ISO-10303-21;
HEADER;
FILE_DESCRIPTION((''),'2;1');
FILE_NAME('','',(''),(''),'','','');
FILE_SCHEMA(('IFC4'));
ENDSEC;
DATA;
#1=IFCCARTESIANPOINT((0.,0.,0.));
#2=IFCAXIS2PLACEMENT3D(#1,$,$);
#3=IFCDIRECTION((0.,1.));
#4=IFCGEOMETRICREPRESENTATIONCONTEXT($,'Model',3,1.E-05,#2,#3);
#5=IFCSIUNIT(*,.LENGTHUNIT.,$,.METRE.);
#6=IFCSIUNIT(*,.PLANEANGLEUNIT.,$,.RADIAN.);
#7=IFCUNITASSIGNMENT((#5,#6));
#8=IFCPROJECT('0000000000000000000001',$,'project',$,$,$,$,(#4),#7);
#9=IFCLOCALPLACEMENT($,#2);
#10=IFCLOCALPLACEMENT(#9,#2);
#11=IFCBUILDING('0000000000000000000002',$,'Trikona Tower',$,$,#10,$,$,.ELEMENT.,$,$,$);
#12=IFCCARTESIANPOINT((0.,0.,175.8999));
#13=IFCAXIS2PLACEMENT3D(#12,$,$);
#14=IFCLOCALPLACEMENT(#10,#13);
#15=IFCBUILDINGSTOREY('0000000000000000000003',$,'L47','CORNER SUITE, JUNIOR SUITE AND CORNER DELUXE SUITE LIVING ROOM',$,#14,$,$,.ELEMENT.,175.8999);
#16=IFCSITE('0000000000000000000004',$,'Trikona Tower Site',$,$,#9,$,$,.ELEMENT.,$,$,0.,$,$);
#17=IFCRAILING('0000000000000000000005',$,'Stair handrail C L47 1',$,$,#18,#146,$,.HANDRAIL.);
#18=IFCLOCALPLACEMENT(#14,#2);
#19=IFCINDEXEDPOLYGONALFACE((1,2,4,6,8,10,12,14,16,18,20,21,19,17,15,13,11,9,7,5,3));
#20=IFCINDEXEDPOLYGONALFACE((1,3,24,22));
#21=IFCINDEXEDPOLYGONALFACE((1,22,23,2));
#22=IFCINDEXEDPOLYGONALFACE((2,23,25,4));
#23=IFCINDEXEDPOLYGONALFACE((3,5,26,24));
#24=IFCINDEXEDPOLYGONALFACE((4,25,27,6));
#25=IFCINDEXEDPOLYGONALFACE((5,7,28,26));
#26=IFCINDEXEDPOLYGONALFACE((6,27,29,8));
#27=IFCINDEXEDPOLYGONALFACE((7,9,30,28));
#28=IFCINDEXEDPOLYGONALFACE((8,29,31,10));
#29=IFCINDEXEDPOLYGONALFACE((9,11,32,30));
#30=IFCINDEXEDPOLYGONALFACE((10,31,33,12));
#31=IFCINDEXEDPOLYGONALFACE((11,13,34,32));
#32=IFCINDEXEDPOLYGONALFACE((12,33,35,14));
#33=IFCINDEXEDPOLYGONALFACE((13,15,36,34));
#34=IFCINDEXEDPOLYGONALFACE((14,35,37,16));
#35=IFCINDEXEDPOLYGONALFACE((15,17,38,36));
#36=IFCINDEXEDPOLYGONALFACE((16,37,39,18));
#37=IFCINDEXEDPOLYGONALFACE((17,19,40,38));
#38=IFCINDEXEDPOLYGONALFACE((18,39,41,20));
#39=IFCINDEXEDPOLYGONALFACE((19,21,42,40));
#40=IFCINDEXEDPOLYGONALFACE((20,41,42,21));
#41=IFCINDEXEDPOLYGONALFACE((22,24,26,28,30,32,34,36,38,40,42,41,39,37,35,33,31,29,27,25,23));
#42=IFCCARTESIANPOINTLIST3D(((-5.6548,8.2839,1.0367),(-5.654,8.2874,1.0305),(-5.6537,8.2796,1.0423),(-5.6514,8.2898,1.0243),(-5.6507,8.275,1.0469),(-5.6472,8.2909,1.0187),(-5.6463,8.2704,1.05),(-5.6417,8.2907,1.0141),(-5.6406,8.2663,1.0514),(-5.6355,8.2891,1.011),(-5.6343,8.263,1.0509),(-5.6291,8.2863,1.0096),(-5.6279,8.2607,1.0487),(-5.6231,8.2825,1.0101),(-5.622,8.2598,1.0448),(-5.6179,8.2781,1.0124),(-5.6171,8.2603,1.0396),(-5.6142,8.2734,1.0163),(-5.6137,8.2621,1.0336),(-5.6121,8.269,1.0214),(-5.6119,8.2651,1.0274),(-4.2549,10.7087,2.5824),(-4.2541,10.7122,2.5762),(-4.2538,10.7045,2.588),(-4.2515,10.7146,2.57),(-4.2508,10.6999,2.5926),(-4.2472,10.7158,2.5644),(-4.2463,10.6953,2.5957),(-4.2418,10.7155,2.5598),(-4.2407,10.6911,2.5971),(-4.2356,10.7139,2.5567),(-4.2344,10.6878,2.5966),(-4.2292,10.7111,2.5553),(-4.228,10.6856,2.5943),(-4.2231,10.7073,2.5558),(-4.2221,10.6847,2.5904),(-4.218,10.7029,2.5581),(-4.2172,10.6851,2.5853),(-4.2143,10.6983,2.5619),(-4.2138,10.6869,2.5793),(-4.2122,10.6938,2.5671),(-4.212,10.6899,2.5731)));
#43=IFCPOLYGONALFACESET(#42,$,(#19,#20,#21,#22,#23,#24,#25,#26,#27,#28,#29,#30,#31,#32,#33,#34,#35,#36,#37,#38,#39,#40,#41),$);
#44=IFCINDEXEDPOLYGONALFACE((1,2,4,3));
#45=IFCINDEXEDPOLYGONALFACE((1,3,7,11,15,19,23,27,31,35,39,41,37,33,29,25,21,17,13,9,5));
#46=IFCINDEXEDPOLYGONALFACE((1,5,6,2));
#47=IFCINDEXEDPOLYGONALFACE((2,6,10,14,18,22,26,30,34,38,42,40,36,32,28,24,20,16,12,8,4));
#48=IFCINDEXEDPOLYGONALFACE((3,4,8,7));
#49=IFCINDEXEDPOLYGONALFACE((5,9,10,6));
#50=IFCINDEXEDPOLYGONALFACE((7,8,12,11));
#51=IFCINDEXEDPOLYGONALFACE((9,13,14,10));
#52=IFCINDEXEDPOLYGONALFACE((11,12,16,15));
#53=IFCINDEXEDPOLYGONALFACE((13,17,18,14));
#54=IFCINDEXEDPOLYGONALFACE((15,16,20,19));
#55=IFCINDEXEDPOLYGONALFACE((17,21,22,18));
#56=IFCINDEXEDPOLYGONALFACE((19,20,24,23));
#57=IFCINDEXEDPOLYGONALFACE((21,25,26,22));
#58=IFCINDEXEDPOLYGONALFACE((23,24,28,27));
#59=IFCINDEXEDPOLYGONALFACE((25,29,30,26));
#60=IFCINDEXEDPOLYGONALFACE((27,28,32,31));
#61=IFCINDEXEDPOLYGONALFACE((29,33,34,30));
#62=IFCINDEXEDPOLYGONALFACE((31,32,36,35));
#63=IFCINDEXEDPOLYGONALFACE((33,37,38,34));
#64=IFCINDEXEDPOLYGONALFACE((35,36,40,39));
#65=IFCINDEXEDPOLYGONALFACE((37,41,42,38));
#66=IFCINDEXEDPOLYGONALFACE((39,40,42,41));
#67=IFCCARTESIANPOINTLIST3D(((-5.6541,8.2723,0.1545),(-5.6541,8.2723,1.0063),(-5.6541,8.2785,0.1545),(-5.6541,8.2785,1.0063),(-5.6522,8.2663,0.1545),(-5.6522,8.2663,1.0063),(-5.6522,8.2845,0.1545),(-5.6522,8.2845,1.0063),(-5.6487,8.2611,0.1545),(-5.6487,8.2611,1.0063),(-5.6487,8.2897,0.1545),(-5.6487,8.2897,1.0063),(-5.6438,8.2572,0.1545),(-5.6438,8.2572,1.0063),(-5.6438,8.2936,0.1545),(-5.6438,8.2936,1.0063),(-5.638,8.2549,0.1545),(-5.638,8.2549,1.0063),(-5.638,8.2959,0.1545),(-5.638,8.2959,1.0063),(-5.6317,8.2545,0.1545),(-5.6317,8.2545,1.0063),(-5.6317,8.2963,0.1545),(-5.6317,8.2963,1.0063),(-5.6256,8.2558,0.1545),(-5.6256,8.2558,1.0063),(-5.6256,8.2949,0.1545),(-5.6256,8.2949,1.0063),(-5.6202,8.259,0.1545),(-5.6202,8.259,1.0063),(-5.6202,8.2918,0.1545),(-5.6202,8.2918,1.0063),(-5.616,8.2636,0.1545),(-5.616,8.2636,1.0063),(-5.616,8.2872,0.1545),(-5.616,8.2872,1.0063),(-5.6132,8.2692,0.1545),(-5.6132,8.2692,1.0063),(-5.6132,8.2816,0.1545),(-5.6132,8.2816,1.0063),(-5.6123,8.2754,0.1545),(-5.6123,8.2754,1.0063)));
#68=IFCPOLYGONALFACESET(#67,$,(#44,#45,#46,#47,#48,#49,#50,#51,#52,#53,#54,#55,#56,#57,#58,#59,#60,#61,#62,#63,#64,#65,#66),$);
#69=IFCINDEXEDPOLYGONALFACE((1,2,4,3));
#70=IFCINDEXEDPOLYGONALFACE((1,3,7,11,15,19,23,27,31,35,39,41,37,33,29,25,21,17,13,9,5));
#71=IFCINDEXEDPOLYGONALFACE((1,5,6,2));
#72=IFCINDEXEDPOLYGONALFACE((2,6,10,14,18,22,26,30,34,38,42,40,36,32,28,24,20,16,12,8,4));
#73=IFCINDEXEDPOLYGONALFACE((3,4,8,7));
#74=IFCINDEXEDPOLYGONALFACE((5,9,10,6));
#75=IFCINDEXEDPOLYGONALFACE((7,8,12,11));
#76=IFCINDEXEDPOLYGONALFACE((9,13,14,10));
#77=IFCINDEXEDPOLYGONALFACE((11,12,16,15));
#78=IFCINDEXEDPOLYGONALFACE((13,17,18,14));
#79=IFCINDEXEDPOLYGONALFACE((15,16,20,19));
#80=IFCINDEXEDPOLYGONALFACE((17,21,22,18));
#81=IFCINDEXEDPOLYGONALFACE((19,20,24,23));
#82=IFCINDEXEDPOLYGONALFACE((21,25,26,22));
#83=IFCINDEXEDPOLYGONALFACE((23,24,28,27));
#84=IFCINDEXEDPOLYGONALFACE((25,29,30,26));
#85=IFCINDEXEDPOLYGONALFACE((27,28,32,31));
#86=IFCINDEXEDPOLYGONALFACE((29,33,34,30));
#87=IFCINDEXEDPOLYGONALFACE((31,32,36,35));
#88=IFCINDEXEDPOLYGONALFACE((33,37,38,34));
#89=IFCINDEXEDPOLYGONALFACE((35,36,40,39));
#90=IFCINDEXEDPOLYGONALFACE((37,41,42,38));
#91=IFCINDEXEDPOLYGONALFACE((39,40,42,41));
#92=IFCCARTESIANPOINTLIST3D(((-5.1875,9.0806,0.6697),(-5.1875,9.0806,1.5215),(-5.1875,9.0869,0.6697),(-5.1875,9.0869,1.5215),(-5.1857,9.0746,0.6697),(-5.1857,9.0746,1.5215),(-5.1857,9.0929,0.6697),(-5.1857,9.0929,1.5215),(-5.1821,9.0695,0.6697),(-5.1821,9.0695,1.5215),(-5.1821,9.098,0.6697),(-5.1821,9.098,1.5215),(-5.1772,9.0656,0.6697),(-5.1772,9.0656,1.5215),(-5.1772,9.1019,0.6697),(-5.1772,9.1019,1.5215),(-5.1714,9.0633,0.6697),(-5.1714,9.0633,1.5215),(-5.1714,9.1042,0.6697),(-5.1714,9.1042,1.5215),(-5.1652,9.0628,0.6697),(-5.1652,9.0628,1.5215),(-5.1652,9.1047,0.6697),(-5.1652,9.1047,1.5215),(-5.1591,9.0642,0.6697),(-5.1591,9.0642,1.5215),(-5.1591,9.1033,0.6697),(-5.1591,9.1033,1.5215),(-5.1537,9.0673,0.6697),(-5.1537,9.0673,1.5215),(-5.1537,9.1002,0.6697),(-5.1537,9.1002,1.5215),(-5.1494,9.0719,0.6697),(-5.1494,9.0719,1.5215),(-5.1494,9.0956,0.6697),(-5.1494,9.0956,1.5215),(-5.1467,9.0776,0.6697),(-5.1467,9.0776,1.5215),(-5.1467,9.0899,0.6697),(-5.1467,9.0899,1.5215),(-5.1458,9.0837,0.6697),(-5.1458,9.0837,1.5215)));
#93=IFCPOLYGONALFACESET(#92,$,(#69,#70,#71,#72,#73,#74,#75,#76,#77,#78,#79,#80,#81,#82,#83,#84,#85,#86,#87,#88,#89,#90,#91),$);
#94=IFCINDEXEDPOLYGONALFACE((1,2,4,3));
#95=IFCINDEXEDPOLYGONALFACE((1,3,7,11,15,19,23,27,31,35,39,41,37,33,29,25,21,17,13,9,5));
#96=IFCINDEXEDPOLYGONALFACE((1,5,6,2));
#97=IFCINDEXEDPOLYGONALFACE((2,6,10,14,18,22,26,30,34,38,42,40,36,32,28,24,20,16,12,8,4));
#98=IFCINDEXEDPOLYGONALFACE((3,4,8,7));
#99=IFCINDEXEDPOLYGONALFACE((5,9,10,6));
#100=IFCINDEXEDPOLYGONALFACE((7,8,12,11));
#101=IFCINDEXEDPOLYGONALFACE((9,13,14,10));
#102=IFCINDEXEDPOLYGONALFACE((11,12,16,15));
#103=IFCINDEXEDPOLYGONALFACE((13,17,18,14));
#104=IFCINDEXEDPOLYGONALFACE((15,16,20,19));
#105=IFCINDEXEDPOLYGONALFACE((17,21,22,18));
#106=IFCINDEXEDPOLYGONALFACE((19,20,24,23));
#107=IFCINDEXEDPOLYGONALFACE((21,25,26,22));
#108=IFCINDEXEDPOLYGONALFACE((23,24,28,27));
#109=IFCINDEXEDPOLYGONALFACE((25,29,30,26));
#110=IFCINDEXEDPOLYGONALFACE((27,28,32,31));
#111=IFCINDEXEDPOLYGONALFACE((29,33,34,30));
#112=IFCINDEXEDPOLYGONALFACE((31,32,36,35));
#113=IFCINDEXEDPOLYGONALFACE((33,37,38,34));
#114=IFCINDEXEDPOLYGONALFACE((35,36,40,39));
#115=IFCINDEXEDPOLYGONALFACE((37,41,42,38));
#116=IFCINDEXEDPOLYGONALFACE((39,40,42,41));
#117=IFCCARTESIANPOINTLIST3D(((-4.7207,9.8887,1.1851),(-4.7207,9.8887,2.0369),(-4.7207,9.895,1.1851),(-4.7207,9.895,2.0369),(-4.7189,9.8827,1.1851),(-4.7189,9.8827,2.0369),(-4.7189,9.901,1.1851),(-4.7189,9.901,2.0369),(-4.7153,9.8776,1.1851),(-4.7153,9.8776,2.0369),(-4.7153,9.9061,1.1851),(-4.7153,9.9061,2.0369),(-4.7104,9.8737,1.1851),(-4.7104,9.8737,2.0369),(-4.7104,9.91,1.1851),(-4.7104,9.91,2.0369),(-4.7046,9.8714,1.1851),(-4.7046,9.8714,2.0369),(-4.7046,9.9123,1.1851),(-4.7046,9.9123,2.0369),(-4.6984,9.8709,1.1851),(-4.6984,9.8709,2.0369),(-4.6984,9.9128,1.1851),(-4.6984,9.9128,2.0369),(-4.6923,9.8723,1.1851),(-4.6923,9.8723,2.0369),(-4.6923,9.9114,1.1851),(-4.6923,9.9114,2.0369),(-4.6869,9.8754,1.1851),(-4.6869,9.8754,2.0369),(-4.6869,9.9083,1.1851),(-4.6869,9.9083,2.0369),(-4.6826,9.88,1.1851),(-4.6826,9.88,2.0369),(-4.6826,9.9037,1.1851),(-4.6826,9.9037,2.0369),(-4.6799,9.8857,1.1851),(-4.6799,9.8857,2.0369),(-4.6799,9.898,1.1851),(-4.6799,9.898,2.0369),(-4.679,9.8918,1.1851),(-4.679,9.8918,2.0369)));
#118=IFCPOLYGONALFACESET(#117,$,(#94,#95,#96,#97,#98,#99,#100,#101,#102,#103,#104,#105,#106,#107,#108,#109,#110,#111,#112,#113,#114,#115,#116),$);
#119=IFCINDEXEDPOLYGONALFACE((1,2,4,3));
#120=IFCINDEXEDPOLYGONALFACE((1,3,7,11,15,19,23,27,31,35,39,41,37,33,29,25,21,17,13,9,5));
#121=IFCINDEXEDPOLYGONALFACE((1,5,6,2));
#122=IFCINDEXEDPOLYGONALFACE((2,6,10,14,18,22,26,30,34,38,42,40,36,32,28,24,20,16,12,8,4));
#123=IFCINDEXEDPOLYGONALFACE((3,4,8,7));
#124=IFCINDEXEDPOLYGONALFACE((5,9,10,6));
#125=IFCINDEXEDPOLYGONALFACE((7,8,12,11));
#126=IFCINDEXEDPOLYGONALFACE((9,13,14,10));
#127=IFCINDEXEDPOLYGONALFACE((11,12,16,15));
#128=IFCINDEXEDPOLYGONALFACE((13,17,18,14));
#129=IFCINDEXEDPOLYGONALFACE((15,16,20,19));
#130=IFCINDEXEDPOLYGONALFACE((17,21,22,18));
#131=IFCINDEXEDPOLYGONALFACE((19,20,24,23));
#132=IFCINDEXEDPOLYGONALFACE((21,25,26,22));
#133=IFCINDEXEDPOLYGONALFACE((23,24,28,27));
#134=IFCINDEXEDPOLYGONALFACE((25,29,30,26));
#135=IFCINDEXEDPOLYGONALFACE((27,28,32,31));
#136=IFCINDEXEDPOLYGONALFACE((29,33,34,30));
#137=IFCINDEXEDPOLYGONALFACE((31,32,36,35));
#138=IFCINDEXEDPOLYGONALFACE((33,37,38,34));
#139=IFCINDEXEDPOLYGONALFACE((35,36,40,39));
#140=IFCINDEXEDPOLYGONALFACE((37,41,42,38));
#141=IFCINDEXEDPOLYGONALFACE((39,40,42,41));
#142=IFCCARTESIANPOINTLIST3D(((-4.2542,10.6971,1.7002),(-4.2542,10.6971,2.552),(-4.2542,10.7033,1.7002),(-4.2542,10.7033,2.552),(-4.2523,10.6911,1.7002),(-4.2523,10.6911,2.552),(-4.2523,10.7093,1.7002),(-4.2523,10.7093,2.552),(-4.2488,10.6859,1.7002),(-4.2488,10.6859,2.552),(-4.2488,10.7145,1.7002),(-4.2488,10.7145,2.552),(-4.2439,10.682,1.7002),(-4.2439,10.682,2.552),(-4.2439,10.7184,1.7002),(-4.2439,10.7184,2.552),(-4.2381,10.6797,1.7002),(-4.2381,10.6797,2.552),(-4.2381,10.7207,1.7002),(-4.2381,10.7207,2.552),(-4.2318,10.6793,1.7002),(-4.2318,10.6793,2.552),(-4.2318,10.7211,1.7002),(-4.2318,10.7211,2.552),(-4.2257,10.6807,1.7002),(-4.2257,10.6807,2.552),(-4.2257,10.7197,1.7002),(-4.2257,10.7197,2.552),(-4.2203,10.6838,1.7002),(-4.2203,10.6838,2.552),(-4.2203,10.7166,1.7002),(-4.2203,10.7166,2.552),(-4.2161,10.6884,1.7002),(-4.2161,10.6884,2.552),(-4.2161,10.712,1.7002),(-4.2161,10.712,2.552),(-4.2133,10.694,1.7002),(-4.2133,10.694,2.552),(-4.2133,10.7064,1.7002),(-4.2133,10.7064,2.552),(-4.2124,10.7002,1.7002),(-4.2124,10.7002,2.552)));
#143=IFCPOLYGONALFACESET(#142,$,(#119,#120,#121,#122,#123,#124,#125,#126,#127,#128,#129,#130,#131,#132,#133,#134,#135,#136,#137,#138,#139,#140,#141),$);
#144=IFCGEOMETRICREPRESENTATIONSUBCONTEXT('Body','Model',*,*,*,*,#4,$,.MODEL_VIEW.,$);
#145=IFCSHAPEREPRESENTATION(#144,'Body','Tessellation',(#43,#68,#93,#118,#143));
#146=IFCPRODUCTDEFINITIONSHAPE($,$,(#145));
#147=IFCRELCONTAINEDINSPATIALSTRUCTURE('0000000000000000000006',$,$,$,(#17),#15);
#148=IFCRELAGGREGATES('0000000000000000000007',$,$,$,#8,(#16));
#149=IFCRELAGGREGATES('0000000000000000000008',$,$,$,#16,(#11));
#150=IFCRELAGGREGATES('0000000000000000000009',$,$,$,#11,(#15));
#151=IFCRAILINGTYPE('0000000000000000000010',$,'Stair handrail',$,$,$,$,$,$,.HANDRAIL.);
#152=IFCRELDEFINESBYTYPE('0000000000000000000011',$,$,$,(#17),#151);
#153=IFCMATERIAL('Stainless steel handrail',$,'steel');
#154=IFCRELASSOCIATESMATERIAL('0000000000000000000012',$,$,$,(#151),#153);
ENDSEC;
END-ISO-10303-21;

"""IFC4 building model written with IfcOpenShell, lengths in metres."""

from ifc_helpers import new_model, si_unit, direction, frame, origin, origin_2d, place, context, subcontext, project, spatial, circle, extrude, material, type_object, element, save


model = new_model("IFC4")

# Units and contexts
model_context = context("Model", 3, precision=1e-05, world=origin(), true_north=direction((0.0, 1.0)))
body_context = subcontext(model_context, "Body", "Model", "MODEL_VIEW")
ifc_project = project(units=[si_unit("LENGTHUNIT", "METRE"), si_unit("PLANEANGLEUNIT", "RADIAN")], contexts=[model_context])

# Site, building, storey
site_placement = place(None, origin())
site = spatial("IfcSite", under=ifc_project, at=site_placement, Name="Trikona Tower Site", CompositionType="ELEMENT", RefElevation=0.0)
building_placement = place(site_placement, origin())
building = spatial("IfcBuilding", under=site, at=building_placement, Name="Trikona Tower", CompositionType="ELEMENT")
storey_placement = place(building_placement, frame((0.0, 0.0, 175.8999)))
storey = spatial("IfcBuildingStorey", under=building, at=storey_placement, Name="L47", Description="CORNER SUITE, JUNIOR SUITE AND CORNER DELUXE SUITE LIVING ROOM", CompositionType="ELEMENT", Elevation=175.8999)

# Railing
ifc_material_1 = material(Name="Stainless steel handrail", Category="steel")
railing_type = type_object("IfcRailingType", Name="Stair handrail", PredefinedType="HANDRAIL", material=ifc_material_1)
railing_1_placement = place(storey_placement, frame((-5.6333, 8.2754, 0.1545)))
element("IfcRailing", 1, at=railing_1_placement, inside=storey, type_object=railing_type, Name="Stair handrail C L47 1", PredefinedType="HANDRAIL", context=body_context, shape_type="SweptSolid", body=[
    extrude(circle(Radius=0.0239, at=origin_2d()), frame((0.0, 0.0, 0.876), z_axis=(0.437716, 0.758179, 0.48329), x_axis=(-0.866035, 0.499984, 0.0)), (0.0, 0.0, 1.0), 3.1982),
    extrude(circle(Radius=0.021, at=origin_2d()), origin(), (0.0, 0.0, 1.0), 0.8518),
    extrude(circle(Radius=0.021, at=origin_2d()), frame((0.4666, 0.8083, 0.5151)), (0.0, 0.0, 1.0), 0.8518),
    extrude(circle(Radius=0.021, at=origin_2d()), frame((0.9333, 1.6165, 1.0305)), (0.0, 0.0, 1.0), 0.8518),
    extrude(circle(Radius=0.021, at=origin_2d()), frame((1.3999, 2.4248, 1.5457)), (0.0, 0.0, 1.0), 0.8518),
])

save(model, "model.ifc")
